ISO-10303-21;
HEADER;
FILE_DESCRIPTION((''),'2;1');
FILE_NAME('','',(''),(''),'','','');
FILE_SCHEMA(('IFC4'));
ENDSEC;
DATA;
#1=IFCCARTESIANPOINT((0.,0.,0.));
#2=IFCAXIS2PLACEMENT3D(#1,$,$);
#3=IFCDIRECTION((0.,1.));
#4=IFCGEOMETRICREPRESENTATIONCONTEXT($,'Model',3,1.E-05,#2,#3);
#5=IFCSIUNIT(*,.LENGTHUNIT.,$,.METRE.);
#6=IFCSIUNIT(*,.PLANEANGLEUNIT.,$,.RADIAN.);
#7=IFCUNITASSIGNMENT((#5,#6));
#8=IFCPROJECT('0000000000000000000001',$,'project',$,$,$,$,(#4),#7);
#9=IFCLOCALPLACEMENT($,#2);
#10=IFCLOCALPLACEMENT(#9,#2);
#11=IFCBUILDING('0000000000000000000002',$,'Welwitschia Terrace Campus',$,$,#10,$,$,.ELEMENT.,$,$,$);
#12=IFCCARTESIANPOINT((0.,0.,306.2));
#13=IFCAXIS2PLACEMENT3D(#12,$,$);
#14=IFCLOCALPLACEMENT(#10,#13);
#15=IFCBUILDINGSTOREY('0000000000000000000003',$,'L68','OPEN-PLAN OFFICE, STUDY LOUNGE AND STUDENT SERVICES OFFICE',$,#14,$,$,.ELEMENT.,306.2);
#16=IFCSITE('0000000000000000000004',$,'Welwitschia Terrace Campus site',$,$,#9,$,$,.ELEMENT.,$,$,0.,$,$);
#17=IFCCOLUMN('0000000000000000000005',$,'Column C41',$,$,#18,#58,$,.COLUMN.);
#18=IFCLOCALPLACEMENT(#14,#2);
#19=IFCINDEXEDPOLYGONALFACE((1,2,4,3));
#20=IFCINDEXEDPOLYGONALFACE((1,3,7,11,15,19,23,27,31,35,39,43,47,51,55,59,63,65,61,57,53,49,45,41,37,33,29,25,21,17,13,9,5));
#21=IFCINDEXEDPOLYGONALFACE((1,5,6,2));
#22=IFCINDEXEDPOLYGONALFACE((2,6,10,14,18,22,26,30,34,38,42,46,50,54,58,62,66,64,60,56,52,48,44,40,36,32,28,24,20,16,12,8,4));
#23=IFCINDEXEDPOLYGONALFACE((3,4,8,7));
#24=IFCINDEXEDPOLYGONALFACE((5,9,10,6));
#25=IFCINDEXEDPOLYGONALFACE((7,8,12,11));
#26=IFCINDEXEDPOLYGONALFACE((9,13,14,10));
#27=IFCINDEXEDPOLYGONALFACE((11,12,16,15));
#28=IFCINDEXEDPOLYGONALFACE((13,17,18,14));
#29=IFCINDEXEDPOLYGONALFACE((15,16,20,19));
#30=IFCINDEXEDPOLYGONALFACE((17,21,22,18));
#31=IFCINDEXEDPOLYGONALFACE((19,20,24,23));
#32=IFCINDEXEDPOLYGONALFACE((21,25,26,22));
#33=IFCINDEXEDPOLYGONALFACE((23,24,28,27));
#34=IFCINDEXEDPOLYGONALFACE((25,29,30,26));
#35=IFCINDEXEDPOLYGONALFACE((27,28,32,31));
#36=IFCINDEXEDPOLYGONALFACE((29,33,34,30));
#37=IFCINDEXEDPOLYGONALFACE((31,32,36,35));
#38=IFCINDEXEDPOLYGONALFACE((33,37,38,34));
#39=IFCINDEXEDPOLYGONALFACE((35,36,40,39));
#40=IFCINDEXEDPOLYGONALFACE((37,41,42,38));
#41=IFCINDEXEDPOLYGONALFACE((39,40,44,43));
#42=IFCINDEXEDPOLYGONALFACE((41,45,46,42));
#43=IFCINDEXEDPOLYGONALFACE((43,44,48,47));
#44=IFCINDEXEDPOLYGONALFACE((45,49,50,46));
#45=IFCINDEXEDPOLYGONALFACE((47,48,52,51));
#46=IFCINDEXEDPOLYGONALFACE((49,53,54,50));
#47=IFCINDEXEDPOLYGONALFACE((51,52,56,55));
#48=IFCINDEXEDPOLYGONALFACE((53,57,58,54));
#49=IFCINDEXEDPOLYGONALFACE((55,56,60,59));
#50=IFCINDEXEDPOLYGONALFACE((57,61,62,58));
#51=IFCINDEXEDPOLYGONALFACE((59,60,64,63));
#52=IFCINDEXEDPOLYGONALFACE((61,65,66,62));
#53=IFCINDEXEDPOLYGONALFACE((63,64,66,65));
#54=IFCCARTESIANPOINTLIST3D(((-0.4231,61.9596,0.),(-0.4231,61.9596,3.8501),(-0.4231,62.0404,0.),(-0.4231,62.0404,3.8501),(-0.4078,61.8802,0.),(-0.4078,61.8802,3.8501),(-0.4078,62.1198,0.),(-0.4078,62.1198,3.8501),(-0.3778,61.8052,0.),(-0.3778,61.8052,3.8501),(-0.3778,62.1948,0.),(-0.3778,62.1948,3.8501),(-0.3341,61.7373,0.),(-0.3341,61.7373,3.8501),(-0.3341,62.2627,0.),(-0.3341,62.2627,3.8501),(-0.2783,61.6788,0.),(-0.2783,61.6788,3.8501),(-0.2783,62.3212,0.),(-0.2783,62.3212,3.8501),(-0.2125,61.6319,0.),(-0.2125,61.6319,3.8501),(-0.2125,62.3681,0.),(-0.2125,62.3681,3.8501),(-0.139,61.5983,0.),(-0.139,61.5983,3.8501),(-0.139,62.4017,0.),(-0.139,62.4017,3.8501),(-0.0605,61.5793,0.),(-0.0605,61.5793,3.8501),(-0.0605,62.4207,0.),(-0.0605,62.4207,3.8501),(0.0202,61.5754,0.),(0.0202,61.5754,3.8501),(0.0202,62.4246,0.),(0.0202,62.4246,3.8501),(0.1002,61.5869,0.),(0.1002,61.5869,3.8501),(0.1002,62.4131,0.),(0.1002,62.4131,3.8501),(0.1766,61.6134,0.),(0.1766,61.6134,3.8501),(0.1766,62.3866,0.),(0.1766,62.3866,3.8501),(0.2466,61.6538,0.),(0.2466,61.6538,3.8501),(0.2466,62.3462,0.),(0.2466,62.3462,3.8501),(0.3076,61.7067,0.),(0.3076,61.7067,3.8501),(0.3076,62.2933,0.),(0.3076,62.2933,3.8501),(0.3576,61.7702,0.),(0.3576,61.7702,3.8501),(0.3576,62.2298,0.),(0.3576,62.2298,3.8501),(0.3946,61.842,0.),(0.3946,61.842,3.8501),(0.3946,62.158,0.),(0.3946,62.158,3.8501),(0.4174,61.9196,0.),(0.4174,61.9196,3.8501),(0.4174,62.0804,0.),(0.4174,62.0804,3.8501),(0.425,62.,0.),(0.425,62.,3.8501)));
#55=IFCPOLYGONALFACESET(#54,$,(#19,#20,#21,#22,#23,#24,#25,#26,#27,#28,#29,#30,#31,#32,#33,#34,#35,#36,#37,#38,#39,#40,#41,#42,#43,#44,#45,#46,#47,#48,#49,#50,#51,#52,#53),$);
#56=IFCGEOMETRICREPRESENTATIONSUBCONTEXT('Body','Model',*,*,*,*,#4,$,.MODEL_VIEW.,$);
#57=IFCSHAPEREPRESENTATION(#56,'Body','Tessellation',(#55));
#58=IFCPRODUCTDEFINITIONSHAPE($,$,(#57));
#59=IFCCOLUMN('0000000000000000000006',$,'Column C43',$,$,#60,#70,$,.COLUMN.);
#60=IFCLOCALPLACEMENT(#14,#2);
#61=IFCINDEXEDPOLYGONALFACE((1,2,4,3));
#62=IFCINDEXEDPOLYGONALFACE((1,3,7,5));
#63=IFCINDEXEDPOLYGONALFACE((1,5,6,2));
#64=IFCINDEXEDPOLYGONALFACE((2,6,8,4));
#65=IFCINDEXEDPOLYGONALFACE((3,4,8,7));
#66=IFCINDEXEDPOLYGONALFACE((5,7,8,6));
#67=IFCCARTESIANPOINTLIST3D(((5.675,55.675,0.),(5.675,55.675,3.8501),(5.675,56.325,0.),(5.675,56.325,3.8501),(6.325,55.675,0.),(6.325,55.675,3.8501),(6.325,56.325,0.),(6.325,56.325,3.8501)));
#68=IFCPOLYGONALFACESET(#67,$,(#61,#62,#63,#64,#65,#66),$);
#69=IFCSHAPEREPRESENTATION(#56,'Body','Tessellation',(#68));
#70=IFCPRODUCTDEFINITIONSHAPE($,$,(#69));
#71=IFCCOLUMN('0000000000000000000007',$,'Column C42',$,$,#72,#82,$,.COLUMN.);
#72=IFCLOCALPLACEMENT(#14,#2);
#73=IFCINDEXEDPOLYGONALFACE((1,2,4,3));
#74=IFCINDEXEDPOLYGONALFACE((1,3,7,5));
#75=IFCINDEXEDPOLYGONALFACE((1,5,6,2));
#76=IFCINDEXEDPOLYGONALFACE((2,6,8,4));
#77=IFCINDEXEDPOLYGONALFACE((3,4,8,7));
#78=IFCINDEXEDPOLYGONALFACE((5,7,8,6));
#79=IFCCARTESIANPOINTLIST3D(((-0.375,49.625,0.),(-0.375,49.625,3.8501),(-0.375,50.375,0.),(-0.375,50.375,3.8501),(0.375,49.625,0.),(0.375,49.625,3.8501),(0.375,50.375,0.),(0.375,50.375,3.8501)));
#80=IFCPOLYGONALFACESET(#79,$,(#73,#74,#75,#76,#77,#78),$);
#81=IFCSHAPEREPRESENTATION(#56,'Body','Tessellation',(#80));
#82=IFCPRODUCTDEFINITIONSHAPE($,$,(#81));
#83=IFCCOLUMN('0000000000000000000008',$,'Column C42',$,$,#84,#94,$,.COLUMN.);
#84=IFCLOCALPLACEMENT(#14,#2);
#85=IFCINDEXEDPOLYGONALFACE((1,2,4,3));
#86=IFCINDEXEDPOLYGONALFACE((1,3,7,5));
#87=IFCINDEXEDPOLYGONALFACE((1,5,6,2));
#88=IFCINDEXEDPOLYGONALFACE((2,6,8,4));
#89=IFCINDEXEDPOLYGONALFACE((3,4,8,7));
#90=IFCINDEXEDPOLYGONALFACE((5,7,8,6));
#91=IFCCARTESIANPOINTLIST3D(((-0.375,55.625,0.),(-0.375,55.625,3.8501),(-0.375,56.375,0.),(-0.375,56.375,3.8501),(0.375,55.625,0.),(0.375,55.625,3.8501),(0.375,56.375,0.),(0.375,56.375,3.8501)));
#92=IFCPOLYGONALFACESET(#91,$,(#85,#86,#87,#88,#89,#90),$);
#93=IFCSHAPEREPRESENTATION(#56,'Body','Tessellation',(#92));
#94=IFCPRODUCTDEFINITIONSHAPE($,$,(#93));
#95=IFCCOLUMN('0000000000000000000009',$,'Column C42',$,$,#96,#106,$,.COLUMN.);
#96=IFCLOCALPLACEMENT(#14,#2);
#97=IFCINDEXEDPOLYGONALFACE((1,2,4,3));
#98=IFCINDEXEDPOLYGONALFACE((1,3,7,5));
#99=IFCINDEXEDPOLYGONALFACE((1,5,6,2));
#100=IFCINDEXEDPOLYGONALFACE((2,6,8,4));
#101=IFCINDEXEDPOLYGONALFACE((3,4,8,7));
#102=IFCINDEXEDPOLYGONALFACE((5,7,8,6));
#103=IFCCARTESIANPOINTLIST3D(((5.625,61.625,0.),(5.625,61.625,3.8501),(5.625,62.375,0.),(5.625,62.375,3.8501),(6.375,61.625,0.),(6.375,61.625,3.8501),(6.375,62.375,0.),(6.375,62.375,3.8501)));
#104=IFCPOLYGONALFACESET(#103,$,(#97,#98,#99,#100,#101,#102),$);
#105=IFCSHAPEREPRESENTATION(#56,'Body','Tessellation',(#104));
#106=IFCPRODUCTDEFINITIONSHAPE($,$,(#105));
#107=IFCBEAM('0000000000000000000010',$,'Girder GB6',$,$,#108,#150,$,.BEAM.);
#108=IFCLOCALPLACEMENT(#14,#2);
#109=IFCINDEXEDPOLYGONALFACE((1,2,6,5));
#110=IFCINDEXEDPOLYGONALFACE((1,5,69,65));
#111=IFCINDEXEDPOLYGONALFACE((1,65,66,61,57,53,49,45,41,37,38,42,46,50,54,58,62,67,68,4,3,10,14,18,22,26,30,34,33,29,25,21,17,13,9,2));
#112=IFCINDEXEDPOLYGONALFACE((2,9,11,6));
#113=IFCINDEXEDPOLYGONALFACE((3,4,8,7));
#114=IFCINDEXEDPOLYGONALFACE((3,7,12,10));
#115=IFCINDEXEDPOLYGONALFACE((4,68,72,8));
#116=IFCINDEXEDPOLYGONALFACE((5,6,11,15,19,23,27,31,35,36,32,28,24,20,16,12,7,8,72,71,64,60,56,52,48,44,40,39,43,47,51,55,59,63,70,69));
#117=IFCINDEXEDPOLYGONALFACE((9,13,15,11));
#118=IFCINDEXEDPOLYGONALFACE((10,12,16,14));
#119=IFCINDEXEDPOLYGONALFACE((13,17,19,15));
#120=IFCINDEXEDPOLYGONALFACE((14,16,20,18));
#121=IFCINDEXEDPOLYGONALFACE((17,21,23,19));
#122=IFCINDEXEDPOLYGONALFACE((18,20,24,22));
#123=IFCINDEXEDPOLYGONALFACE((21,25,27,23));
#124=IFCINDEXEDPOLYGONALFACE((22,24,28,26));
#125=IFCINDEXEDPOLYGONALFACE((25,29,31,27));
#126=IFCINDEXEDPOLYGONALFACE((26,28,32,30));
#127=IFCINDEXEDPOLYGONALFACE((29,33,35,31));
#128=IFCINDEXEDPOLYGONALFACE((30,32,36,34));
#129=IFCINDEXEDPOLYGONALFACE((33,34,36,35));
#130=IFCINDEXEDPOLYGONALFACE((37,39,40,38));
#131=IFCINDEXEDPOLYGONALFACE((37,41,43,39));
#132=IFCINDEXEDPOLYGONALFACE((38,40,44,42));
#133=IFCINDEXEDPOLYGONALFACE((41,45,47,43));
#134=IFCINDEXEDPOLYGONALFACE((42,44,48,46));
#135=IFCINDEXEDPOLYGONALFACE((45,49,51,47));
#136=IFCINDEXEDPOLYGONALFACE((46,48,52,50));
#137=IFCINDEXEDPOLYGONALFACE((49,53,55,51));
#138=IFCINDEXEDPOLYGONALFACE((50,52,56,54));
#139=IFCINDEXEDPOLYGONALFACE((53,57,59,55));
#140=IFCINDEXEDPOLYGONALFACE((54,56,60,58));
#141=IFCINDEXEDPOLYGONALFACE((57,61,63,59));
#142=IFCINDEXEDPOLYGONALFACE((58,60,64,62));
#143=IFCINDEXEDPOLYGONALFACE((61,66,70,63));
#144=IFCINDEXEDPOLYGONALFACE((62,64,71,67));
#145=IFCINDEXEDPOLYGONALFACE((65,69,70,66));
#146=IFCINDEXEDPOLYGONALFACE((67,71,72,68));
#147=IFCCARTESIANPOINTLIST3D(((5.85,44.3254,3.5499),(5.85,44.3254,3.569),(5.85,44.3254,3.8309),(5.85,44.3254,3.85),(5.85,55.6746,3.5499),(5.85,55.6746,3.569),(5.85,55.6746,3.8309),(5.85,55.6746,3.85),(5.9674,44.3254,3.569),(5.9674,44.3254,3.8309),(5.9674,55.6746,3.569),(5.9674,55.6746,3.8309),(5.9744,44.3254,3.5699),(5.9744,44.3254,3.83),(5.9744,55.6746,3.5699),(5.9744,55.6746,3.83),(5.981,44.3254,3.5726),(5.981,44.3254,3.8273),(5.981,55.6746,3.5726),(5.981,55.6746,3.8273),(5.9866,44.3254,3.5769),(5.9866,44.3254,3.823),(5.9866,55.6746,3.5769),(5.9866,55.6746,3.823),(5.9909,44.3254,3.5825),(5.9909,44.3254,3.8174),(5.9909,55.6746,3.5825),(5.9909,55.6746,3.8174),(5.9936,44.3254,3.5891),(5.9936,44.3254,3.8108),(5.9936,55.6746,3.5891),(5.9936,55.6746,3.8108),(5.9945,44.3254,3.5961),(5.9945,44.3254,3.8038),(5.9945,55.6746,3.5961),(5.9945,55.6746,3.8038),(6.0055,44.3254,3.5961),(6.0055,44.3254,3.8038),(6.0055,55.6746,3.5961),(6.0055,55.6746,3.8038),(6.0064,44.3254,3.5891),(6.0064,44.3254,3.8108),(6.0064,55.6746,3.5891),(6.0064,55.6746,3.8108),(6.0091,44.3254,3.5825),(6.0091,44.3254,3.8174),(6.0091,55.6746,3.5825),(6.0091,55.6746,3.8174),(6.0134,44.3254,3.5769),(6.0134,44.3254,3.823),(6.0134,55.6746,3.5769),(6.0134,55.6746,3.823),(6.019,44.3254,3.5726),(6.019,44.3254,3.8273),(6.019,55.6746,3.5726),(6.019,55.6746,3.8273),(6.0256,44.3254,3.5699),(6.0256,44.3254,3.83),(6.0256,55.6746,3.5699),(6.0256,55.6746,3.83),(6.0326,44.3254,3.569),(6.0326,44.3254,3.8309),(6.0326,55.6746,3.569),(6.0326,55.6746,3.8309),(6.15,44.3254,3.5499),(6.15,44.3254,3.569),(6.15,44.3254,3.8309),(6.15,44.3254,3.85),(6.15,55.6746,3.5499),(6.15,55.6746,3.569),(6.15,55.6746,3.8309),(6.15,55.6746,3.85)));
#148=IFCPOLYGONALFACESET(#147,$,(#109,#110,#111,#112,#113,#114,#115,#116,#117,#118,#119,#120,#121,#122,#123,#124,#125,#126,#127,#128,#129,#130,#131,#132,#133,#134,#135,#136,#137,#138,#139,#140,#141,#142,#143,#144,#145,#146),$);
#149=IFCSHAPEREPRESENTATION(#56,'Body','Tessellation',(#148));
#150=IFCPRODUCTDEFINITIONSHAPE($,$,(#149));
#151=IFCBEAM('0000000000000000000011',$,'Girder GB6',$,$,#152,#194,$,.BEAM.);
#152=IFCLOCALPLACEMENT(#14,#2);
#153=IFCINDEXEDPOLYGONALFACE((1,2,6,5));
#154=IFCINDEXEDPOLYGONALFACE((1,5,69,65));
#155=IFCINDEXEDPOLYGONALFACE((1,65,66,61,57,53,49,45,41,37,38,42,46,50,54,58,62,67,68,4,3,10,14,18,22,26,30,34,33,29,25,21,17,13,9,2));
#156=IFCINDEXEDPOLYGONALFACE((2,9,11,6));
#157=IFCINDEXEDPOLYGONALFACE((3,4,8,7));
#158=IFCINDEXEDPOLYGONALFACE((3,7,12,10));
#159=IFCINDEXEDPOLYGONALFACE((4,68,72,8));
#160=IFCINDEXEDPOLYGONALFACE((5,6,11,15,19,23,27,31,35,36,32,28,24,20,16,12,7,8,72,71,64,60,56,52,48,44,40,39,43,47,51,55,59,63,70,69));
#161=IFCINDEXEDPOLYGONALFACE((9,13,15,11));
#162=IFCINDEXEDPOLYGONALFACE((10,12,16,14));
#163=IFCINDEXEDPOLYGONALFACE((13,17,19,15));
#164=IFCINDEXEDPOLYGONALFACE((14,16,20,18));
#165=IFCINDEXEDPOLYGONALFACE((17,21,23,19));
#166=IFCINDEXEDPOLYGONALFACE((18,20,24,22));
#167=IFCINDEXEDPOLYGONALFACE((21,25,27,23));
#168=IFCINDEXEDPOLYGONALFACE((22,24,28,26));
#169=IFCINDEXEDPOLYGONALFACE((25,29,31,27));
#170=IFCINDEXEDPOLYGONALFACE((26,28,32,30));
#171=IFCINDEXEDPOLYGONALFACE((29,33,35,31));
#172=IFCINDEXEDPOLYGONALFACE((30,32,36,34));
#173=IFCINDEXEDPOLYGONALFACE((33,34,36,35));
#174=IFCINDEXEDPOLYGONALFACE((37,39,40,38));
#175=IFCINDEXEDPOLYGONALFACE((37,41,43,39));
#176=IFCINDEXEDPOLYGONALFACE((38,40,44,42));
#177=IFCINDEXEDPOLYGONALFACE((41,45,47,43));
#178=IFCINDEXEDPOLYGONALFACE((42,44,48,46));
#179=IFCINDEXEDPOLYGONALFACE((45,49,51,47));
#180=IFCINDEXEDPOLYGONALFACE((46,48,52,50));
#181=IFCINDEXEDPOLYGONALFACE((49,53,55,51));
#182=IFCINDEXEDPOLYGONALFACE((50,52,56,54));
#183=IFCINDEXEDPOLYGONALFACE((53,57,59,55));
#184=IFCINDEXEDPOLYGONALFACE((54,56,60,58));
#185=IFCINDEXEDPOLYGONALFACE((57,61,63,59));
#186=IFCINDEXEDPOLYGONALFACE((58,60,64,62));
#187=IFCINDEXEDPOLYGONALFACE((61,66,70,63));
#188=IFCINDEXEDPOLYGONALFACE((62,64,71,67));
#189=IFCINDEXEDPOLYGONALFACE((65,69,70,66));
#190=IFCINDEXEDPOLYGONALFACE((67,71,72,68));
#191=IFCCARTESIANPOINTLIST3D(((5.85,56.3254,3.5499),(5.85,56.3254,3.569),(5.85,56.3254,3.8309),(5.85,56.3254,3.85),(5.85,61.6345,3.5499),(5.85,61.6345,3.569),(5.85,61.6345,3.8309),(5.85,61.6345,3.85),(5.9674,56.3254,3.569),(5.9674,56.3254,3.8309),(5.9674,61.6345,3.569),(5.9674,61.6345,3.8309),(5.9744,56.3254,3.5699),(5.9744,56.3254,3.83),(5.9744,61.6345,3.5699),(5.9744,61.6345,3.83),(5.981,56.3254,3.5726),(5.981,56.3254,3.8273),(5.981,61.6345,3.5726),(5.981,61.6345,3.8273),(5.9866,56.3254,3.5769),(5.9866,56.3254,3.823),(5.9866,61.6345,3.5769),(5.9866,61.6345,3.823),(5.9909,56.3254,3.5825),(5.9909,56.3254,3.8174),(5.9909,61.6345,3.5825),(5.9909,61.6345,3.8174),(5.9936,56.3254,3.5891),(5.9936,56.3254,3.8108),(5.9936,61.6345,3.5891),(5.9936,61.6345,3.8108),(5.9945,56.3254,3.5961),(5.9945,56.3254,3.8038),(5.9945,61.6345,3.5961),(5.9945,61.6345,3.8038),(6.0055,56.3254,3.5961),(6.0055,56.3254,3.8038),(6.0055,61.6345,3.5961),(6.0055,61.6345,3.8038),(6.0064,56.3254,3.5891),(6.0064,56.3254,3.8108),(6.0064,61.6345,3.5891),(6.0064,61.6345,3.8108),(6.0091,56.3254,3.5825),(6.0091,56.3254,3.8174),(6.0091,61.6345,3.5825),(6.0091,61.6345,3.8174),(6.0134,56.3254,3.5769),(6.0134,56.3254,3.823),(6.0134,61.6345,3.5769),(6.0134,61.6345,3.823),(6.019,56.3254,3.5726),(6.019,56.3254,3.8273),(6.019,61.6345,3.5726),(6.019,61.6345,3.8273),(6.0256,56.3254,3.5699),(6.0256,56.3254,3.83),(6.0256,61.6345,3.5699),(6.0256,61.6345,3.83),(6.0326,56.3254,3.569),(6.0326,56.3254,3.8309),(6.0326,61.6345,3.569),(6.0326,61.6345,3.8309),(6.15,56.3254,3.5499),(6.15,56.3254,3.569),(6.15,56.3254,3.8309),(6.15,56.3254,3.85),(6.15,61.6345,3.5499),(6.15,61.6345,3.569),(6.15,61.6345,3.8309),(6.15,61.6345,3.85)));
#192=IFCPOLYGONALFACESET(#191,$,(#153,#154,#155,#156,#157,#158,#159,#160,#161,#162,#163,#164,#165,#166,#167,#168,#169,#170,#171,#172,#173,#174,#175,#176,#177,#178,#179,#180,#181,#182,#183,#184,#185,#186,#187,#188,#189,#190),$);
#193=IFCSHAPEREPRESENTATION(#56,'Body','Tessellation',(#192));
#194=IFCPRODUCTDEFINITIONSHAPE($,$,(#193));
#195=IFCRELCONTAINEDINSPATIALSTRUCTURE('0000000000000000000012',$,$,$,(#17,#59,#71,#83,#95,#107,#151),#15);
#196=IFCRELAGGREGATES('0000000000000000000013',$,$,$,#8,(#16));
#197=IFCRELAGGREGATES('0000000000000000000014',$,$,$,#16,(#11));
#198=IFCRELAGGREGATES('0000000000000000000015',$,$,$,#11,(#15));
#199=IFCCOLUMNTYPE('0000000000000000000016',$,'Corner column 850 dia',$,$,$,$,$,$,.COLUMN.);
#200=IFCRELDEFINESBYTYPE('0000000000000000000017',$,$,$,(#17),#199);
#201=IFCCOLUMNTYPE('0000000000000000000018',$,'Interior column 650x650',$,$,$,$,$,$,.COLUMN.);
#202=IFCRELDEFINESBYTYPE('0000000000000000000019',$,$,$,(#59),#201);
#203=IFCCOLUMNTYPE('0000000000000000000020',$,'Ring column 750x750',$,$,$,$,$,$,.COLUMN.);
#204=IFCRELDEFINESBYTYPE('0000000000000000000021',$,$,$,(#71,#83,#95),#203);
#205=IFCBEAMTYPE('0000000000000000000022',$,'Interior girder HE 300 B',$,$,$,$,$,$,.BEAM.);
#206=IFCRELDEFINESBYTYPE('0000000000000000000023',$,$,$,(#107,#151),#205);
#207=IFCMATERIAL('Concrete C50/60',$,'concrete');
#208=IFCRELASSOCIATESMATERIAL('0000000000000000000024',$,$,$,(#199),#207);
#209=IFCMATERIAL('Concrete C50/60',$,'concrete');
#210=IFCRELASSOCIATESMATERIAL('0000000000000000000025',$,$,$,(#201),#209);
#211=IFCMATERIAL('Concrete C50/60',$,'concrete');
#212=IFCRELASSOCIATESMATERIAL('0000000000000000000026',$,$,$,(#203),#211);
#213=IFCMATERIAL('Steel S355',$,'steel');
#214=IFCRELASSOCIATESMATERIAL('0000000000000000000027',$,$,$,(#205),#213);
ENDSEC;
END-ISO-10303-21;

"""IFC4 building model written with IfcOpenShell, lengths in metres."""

from ifc_helpers import new_model, si_unit, direction, frame, origin, origin_2d, place, context, subcontext, project, spatial, rectangle, circle, i_section, extrude, material, material_profile, profile_set, type_object, element, save


model = new_model("IFC4")

# Units and contexts
model_context = context("Model", 3, precision=1e-05, world=origin(), true_north=direction((0.0, 1.0)))
body_context = subcontext(model_context, "Body", "Model", "MODEL_VIEW")
ifc_project = project(units=[si_unit("LENGTHUNIT", "METRE"), si_unit("PLANEANGLEUNIT", "RADIAN")], contexts=[model_context])

# Site, building, storey
site_placement = place(None, origin())
site = spatial("IfcSite", under=ifc_project, at=site_placement, Name="Welwitschia Terrace Campus site", CompositionType="ELEMENT", RefElevation=0.0)
building_placement = place(site_placement, origin())
building = spatial("IfcBuilding", under=site, at=building_placement, Name="Welwitschia Terrace Campus", CompositionType="ELEMENT")
storey_placement = place(building_placement, frame((0.0, 0.0, 306.2)))
storey = spatial("IfcBuildingStorey", under=building, at=storey_placement, Name="L68", Description="OPEN-PLAN OFFICE, STUDY LOUNGE AND STUDENT SERVICES OFFICE", CompositionType="ELEMENT", Elevation=306.2)

# Columns
ifc_material_1 = material(Name="Concrete C50/60", Category="concrete")
ifc_material_profile_1 = material_profile(ifc_material_1, circle(Radius=0.425, at=origin_2d()))
ifc_profile_set_1 = profile_set([ifc_material_profile_1], Name="Concrete C50/60")
column_type_1 = type_object("IfcColumnType", Name="Corner column 850 dia", PredefinedType="COLUMN", material=ifc_profile_set_1)
column_1_placement = place(storey_placement, frame((0.0, 62.0, 0.0), z_axis=(0.0, 0.0, 1.0), x_axis=(1.0, 0.0, 0.0)))
element("IfcColumn", 1, at=column_1_placement, inside=storey, type_object=column_type_1, Name="Column C41", PredefinedType="COLUMN", context=body_context, shape_type="SweptSolid", body=[
    extrude(circle(Radius=0.425, at=origin_2d()), origin(), (0.0, 0.0, 1.0), 3.8501),
])
ifc_material_2 = material(Name="Concrete C50/60", Category="concrete")
ifc_material_profile_2 = material_profile(ifc_material_2, rectangle(XDim=0.6499, YDim=0.6499, at=origin_2d()))
ifc_profile_set_2 = profile_set([ifc_material_profile_2], Name="Concrete C50/60")
column_type_2 = type_object("IfcColumnType", Name="Interior column 650x650", PredefinedType="COLUMN", material=ifc_profile_set_2)
column_2_placement = place(storey_placement, frame((6.0, 56.0, 0.0), z_axis=(0.0, 0.0, 1.0), x_axis=(1.0, 0.0, 0.0)))
element("IfcColumn", 2, at=column_2_placement, inside=storey, type_object=column_type_2, Name="Column C43", PredefinedType="COLUMN", context=body_context, shape_type="SweptSolid", body=[
    extrude(rectangle(XDim=0.6499, YDim=0.6499, at=origin_2d()), origin(), (0.0, 0.0, 1.0), 3.8501),
])
ifc_material_3 = material(Name="Concrete C50/60", Category="concrete")
ifc_material_profile_3 = material_profile(ifc_material_3, rectangle(XDim=0.75, YDim=0.75, at=origin_2d()))
ifc_profile_set_3 = profile_set([ifc_material_profile_3], Name="Concrete C50/60")
column_type_3 = type_object("IfcColumnType", Name="Ring column 750x750", PredefinedType="COLUMN", material=ifc_profile_set_3)
for number, where, z_axis, x_axis, name in (
    (3, (0.0, 50.0, 0.0), (0.0, 0.0, 1.0), (1.0, 0.0, 0.0), "Column C42"),
    (4, (0.0, 56.0, 0.0), (0.0, 0.0, 1.0), (1.0, 0.0, 0.0), "Column C42"),
    (5, (6.0, 62.0, 0.0), (0.0, 0.0, 1.0), (1.0, 0.0, 0.0), "Column C42"),
):
    element("IfcColumn", number, at=place(storey_placement, frame(where, z_axis=z_axis, x_axis=x_axis)), inside=storey, type_object=column_type_3, Name=name, PredefinedType="COLUMN", context=body_context, shape_type="SweptSolid", body=[
        extrude(rectangle(XDim=0.75, YDim=0.75, at=origin_2d()), origin(), (0.0, 0.0, 1.0), 3.8501),
    ])

# Beams
ifc_material_4 = material(Name="Steel S355", Category="steel")
ifc_material_profile_4 = material_profile(ifc_material_4, i_section(OverallWidth=0.3, OverallDepth=0.3, WebThickness=0.011, FlangeThickness=0.019, FilletRadius=0.0271, at=origin_2d()))
ifc_profile_set_4 = profile_set([ifc_material_profile_4], Name="Steel S355")
beam_type_1 = type_object("IfcBeamType", Name="Interior girder HE 300 B", PredefinedType="BEAM", material=ifc_profile_set_4)
beam_1_placement = place(storey_placement, frame((6.0, 44.3254, 3.7), z_axis=(0.0, 1.0, 0.0), x_axis=(-1.0, 0.0, 0.0)))
element("IfcBeam", 6, at=beam_1_placement, inside=storey, type_object=beam_type_1, Name="Girder GB6", PredefinedType="BEAM", context=body_context, shape_type="SweptSolid", body=[
    extrude(i_section(OverallWidth=0.3, OverallDepth=0.3, WebThickness=0.011, FlangeThickness=0.019, FilletRadius=0.0271, at=origin_2d()), origin(), (0.0, 0.0, 1.0), 11.3491),
])
beam_2_placement = place(storey_placement, frame((6.0, 56.3254, 3.7), z_axis=(0.0, 1.0, 0.0), x_axis=(-1.0, 0.0, 0.0)))
element("IfcBeam", 7, at=beam_2_placement, inside=storey, type_object=beam_type_1, Name="Girder GB6", PredefinedType="BEAM", context=body_context, shape_type="SweptSolid", body=[
    extrude(i_section(OverallWidth=0.3, OverallDepth=0.3, WebThickness=0.011, FlangeThickness=0.019, FilletRadius=0.0271, at=origin_2d()), origin(), (0.0, 0.0, 1.0), 5.3091),
])

save(model, "model.ifc")
